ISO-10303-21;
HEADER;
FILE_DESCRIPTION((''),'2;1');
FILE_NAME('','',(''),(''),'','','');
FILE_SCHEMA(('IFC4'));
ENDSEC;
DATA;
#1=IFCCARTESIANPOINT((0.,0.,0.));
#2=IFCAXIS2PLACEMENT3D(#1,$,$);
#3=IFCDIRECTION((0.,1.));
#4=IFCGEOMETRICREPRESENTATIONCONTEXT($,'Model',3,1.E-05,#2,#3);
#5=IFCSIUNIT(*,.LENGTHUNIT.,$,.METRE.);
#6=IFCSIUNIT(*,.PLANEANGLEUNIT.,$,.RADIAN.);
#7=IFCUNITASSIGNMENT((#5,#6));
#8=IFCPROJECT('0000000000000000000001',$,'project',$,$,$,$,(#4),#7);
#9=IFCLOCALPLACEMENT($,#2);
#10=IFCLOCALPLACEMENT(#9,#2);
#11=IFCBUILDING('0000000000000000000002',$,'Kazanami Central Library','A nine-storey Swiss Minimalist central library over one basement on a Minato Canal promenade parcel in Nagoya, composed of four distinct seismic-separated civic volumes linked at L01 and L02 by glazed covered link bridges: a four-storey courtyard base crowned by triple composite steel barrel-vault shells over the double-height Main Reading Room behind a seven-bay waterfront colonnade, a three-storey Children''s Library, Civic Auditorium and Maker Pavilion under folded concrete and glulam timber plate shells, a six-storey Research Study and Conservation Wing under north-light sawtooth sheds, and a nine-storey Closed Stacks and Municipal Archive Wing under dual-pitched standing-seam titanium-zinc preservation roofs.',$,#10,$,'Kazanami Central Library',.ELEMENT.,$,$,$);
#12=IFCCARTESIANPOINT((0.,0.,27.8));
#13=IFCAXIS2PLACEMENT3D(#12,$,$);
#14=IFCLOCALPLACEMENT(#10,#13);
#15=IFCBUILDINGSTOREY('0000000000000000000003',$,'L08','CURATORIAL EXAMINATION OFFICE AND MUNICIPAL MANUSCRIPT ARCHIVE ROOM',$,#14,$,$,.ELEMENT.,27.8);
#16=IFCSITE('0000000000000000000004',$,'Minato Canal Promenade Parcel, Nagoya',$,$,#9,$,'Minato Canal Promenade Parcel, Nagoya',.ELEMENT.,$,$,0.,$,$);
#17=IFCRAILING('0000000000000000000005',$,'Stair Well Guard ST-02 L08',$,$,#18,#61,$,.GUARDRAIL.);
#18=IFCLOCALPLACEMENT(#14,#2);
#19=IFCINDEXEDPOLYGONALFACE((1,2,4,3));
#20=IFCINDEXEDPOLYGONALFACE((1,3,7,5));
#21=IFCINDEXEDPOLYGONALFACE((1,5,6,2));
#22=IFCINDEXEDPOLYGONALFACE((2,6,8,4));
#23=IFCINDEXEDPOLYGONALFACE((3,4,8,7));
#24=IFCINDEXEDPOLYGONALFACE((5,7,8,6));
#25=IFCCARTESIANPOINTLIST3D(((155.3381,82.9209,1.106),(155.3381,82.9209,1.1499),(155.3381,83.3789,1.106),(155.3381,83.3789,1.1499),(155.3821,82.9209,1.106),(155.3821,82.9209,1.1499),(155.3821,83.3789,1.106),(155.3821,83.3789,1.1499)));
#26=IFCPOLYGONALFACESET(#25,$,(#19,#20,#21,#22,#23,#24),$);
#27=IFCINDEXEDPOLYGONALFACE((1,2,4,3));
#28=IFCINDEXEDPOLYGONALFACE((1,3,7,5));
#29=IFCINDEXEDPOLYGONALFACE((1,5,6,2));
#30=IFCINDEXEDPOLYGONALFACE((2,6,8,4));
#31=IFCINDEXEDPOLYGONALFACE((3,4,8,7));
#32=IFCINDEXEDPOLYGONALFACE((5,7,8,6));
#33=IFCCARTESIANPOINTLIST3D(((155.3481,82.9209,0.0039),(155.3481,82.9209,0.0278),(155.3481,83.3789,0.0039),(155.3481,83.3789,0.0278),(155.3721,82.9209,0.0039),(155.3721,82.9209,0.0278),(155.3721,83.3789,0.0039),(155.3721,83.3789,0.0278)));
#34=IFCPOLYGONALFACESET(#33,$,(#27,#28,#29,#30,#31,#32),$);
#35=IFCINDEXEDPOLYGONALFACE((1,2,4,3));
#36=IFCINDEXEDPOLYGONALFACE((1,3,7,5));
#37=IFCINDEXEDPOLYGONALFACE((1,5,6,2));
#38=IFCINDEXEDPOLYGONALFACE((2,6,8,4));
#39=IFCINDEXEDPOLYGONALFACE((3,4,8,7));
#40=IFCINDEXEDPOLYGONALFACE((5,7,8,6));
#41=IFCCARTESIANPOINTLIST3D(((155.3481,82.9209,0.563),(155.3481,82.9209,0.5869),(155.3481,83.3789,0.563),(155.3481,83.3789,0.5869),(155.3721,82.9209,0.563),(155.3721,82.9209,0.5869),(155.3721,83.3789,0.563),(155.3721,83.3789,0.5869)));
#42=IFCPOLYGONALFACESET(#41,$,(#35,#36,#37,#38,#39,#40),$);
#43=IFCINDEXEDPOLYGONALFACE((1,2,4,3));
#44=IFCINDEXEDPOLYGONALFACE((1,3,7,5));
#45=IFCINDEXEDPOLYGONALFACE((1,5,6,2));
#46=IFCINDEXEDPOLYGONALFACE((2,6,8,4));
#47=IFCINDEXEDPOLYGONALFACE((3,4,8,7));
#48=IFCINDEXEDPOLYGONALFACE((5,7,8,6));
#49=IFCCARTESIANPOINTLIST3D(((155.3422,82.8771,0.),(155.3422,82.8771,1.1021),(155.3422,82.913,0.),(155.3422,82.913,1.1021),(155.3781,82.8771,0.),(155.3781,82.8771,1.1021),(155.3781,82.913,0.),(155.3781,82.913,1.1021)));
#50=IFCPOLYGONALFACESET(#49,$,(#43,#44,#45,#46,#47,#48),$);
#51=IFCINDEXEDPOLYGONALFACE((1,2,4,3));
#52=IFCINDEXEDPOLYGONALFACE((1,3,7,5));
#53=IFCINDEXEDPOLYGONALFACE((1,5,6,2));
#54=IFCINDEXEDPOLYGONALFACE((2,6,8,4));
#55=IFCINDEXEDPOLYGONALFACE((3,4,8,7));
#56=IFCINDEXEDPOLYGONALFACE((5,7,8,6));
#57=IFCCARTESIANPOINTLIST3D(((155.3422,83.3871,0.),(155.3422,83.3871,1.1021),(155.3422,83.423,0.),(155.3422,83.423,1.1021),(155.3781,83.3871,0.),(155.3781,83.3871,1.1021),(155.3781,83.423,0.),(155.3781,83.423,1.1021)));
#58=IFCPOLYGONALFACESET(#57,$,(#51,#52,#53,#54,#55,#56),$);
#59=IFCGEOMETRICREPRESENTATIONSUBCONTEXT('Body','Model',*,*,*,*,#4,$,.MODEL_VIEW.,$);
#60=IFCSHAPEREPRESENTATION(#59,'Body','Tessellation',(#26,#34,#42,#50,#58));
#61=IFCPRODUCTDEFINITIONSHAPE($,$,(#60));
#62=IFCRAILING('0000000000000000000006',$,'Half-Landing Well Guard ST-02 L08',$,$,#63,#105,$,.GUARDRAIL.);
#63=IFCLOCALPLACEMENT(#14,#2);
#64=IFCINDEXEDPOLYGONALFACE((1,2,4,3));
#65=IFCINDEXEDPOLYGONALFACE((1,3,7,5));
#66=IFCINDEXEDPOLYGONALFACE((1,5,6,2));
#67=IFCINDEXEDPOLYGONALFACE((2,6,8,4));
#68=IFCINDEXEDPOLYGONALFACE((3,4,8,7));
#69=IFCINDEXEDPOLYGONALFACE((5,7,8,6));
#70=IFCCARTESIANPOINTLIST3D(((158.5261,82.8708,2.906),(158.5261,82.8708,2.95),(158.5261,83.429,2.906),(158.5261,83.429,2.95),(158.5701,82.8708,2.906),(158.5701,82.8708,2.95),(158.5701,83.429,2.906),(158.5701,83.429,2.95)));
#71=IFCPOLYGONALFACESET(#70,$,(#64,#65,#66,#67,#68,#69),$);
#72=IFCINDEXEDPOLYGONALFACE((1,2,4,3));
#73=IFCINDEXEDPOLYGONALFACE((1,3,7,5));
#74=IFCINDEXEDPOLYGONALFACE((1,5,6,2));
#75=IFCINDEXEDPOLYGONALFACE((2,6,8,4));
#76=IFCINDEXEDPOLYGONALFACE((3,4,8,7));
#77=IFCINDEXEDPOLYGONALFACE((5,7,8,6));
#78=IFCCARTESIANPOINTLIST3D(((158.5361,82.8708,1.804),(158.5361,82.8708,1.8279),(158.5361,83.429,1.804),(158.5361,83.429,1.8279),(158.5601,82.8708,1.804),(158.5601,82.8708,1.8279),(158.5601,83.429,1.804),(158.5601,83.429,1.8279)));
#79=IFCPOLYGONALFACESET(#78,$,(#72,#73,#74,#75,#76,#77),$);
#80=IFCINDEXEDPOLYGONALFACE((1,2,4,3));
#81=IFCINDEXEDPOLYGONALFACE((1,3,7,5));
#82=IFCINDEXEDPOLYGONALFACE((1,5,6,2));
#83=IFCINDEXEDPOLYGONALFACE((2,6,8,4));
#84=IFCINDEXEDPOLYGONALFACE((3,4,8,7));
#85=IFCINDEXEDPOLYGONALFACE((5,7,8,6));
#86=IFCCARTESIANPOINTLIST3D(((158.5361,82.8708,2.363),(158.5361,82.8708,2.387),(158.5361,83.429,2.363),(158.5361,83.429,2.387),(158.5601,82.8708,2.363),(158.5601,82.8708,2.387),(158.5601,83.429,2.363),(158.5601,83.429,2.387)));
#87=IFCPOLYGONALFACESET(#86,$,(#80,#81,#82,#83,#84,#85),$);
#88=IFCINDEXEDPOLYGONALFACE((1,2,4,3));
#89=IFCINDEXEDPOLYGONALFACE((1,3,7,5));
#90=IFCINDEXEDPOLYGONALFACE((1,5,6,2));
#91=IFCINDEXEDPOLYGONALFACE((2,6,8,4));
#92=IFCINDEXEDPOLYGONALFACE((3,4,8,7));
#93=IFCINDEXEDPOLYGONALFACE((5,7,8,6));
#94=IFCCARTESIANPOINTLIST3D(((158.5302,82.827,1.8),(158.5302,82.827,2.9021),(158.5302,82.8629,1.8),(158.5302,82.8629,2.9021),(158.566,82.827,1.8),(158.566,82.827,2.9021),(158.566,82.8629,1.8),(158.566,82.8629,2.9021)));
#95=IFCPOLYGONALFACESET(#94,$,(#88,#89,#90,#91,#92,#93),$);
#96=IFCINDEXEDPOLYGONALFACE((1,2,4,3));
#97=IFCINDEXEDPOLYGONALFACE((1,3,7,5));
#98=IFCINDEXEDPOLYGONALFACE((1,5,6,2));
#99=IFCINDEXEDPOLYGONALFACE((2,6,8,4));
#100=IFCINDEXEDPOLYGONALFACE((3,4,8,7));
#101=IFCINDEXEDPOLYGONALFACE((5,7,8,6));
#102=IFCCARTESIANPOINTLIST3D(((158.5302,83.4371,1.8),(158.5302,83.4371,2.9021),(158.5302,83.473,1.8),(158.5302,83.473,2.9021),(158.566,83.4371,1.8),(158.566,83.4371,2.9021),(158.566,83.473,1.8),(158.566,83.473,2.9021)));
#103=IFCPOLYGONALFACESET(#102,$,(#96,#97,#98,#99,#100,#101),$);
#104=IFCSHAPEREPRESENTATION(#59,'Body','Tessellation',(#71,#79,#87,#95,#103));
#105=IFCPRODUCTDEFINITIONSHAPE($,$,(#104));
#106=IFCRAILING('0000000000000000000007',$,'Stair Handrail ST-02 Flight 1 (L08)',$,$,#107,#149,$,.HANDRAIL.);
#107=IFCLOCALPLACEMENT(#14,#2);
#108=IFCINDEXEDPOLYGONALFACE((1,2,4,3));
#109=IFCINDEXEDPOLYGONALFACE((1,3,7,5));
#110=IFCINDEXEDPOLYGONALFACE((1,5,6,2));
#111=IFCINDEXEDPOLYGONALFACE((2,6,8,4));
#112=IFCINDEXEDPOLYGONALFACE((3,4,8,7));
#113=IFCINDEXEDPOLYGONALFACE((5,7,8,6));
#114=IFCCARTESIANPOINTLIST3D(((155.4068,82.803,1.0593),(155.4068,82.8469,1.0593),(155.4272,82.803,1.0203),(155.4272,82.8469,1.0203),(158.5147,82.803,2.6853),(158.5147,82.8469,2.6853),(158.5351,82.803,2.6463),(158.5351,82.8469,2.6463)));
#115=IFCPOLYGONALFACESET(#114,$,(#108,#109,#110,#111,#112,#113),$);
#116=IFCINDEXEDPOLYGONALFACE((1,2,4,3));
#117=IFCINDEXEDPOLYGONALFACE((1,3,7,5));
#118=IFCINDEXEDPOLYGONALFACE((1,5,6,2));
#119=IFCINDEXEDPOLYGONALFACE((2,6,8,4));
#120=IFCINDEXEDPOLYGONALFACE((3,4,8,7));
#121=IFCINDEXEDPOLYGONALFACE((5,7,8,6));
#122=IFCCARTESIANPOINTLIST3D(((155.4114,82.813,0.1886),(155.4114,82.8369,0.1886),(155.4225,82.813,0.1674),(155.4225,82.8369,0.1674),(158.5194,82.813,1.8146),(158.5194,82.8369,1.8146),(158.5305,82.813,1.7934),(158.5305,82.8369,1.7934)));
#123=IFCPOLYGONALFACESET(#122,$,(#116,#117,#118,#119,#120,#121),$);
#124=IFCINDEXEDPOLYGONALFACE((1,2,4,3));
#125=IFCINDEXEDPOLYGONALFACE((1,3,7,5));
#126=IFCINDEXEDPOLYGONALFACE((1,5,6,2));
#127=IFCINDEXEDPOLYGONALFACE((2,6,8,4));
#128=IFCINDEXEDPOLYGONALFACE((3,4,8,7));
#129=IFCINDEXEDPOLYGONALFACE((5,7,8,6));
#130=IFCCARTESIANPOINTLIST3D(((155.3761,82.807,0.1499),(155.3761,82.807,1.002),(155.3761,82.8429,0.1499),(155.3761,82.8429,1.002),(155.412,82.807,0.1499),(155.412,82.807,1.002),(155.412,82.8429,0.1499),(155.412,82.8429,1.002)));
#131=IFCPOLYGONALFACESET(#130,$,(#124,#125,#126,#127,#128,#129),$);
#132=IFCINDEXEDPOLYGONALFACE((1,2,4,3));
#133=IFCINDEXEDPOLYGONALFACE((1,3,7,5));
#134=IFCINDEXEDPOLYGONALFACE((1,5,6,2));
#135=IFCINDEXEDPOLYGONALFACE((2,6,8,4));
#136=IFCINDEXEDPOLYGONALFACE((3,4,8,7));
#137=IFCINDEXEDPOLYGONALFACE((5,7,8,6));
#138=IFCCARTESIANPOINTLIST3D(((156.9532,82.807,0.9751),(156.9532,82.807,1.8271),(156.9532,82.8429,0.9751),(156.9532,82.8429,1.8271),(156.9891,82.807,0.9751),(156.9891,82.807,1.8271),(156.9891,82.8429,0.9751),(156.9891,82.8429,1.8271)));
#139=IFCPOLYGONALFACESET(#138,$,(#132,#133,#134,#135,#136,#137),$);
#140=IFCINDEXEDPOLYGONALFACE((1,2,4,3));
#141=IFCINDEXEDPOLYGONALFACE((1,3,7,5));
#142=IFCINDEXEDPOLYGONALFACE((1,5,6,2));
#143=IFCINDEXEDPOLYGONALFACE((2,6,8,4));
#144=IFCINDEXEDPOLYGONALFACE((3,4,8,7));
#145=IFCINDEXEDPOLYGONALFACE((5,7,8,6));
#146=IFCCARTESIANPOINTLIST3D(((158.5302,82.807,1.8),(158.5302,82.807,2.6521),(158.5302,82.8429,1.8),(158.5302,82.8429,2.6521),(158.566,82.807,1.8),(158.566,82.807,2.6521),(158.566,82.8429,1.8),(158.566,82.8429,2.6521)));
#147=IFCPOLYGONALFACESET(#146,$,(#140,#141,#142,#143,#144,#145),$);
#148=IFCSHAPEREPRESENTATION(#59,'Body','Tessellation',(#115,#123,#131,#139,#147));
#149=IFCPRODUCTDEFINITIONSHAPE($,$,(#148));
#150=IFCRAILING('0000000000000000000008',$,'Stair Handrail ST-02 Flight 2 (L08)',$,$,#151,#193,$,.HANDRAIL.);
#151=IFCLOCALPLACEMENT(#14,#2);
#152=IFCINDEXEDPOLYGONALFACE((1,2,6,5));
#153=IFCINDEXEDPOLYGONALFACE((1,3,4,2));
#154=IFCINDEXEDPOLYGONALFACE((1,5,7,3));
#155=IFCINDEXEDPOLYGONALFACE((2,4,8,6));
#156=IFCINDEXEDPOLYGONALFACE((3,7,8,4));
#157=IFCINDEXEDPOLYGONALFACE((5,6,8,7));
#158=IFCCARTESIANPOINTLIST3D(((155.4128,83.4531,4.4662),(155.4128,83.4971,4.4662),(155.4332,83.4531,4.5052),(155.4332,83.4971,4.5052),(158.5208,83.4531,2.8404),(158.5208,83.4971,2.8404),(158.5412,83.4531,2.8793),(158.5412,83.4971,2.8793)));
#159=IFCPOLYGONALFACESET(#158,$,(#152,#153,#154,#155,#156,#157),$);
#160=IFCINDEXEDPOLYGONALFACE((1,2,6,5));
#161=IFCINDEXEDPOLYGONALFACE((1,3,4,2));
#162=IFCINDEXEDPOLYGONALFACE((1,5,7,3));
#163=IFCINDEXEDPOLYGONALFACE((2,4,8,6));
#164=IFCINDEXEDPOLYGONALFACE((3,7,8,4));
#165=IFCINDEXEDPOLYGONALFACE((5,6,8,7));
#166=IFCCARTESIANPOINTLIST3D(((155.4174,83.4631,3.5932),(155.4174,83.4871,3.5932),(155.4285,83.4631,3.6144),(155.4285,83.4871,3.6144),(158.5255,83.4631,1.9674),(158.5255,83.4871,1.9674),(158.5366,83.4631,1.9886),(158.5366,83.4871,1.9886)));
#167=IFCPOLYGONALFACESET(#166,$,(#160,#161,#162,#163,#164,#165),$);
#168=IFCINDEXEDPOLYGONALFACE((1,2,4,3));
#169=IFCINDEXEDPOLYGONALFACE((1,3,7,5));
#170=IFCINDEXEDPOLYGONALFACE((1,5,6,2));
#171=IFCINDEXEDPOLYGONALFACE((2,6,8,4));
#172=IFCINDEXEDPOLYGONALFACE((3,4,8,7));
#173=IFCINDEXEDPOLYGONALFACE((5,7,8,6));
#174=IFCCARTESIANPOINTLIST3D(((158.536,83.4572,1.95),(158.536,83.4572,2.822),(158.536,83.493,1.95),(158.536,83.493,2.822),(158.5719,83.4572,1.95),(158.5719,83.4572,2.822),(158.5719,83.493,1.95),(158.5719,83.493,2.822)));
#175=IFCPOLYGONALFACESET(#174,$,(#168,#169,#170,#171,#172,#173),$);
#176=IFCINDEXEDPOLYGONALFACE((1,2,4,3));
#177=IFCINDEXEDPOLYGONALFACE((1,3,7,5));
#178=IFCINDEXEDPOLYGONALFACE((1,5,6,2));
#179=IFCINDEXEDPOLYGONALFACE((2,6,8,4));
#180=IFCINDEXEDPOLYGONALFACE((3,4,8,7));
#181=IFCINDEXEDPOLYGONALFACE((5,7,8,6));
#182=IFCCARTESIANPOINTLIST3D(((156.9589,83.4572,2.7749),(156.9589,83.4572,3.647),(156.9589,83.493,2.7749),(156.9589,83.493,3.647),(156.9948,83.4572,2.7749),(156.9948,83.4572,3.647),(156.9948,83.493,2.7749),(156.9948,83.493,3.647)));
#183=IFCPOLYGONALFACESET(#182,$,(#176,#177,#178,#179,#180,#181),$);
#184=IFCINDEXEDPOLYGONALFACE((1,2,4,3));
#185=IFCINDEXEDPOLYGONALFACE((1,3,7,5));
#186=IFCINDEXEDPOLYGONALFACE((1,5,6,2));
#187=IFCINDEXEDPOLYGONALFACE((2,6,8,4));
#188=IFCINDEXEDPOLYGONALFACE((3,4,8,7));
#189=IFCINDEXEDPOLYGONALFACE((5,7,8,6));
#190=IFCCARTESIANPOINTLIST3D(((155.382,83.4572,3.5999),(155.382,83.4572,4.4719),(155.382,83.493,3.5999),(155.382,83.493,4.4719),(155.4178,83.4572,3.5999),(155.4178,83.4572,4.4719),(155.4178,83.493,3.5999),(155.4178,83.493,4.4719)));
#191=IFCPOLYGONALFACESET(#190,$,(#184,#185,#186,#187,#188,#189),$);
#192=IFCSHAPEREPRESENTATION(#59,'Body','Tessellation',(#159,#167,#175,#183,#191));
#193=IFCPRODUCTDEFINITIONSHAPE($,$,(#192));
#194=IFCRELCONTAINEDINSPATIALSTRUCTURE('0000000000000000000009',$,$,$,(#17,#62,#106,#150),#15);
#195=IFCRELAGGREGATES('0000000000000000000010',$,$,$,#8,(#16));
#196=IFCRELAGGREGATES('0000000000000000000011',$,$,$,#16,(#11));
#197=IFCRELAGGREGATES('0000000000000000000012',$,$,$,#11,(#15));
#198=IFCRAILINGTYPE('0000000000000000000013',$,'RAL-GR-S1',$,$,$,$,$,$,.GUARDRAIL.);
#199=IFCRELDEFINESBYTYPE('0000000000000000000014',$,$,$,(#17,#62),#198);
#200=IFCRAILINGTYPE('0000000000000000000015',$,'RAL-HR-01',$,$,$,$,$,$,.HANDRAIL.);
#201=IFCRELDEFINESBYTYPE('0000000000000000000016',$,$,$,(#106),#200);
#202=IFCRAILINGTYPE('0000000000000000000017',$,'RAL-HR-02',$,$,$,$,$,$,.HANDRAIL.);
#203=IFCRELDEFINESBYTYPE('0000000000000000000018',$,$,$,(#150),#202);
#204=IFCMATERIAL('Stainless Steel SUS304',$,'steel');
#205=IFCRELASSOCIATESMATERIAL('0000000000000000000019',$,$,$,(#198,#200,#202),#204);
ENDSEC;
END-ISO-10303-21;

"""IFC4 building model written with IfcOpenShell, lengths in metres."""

from ifc_helpers import new_model, si_unit, direction, frame, origin, origin_2d, place, context, subcontext, project, spatial, rectangle, extrude, material, type_object, element, save


model = new_model("IFC4")

# Units and contexts
model_context = context("Model", 3, precision=1e-05, world=origin(), true_north=direction((0.0, 1.0)))
body_context = subcontext(model_context, "Body", "Model", "MODEL_VIEW")
ifc_project = project(units=[si_unit("LENGTHUNIT", "METRE"), si_unit("PLANEANGLEUNIT", "RADIAN")], contexts=[model_context])

# Site, building, storey
site_placement = place(None, origin())
site = spatial("IfcSite", under=ifc_project, at=site_placement, Name="Minato Canal Promenade Parcel, Nagoya", LongName="Minato Canal Promenade Parcel, Nagoya", CompositionType="ELEMENT", RefElevation=0.0)
building_placement = place(site_placement, origin())
building = spatial("IfcBuilding", under=site, at=building_placement, Name="Kazanami Central Library", Description="A nine-storey Swiss Minimalist central library over one basement on a Minato Canal promenade parcel in Nagoya, composed of four distinct seismic-separated civic volumes linked at L01 and L02 by glazed covered link bridges: a four-storey courtyard base crowned by triple composite steel barrel-vault shells over the double-height Main Reading Room behind a seven-bay waterfront colonnade, a three-storey Children's Library, Civic Auditorium and Maker Pavilion under folded concrete and glulam timber plate shells, a six-storey Research Study and Conservation Wing under north-light sawtooth sheds, and a nine-storey Closed Stacks and Municipal Archive Wing under dual-pitched standing-seam titanium-zinc preservation roofs.", LongName="Kazanami Central Library", CompositionType="ELEMENT")
storey_placement = place(building_placement, frame((0.0, 0.0, 27.8)))
storey = spatial("IfcBuildingStorey", under=building, at=storey_placement, Name="L08", Description="CURATORIAL EXAMINATION OFFICE AND MUNICIPAL MANUSCRIPT ARCHIVE ROOM", CompositionType="ELEMENT", Elevation=27.8)

# Railings
ifc_material_1 = material(Name="Stainless Steel SUS304", Category="steel")
railing_type_1 = type_object("IfcRailingType", Name="RAL-GR-S1", PredefinedType="GUARDRAIL", material=ifc_material_1)
railing_1_placement = place(storey_placement, frame((155.3601, 82.895, 0.0)))
element("IfcRailing", 1, at=railing_1_placement, inside=storey, type_object=railing_type_1, Name="Stair Well Guard ST-02 L08", PredefinedType="GUARDRAIL", context=body_context, shape_type="SweptSolid", body=[
    extrude(rectangle(XDim=0.0439, YDim=0.0439, at=origin_2d()), frame((0.0, 0.0259, 1.1279), z_axis=(0.0, 1.0, 0.0), x_axis=(-1.0, 0.0, 0.0)), (0.0, 0.0, 1.0), 0.458),
    extrude(rectangle(XDim=0.0239, YDim=0.0239, at=origin_2d()), frame((0.0, 0.0259, 0.0159), z_axis=(0.0, 1.0, 0.0), x_axis=(-1.0, 0.0, 0.0)), (0.0, 0.0, 1.0), 0.458),
    extrude(rectangle(XDim=0.0239, YDim=0.0239, at=origin_2d()), frame((0.0, 0.0259, 0.575), z_axis=(0.0, 1.0, 0.0), x_axis=(-1.0, 0.0, 0.0)), (0.0, 0.0, 1.0), 0.458),
    extrude(rectangle(XDim=0.0359, YDim=0.0359, at=origin_2d()), origin(), (0.0, 0.0, 1.0), 1.1021),
    extrude(rectangle(XDim=0.0359, YDim=0.0359, at=origin_2d()), frame((0.0, 0.51, 0.0)), (0.0, 0.0, 1.0), 1.1021),
])
railing_2_placement = place(storey_placement, frame((158.5481, 82.845, 1.8)))
element("IfcRailing", 2, at=railing_2_placement, inside=storey, type_object=railing_type_1, Name="Half-Landing Well Guard ST-02 L08", PredefinedType="GUARDRAIL", context=body_context, shape_type="SweptSolid", body=[
    extrude(rectangle(XDim=0.0439, YDim=0.0439, at=origin_2d()), frame((0.0, 0.0259, 1.1279), z_axis=(0.0, 1.0, 0.0), x_axis=(-1.0, 0.0, 0.0)), (0.0, 0.0, 1.0), 0.5581),
    extrude(rectangle(XDim=0.0239, YDim=0.0239, at=origin_2d()), frame((0.0, 0.0259, 0.0159), z_axis=(0.0, 1.0, 0.0), x_axis=(-1.0, 0.0, 0.0)), (0.0, 0.0, 1.0), 0.5581),
    extrude(rectangle(XDim=0.0239, YDim=0.0239, at=origin_2d()), frame((0.0, 0.0259, 0.575), z_axis=(0.0, 1.0, 0.0), x_axis=(-1.0, 0.0, 0.0)), (0.0, 0.0, 1.0), 0.5581),
    extrude(rectangle(XDim=0.0359, YDim=0.0359, at=origin_2d()), origin(), (0.0, 0.0, 1.0), 1.1021),
    extrude(rectangle(XDim=0.0359, YDim=0.0359, at=origin_2d()), frame((0.0, 0.6101, 0.0)), (0.0, 0.0, 1.0), 1.1021),
])
railing_type_2 = type_object("IfcRailingType", Name="RAL-HR-01", PredefinedType="HANDRAIL", material=ifc_material_1)
railing_3_placement = place(storey_placement, frame((155.394, 82.825, 0.1499)))
element("IfcRailing", 3, at=railing_3_placement, inside=storey, type_object=railing_type_2, Name="Stair Handrail ST-02 Flight 1 (L08)", PredefinedType="HANDRAIL", context=body_context, shape_type="SweptSolid", body=[
    extrude(rectangle(XDim=0.0439, YDim=0.0439, at=origin_2d()), frame((0.0229, 0.0, 0.8899), z_axis=(0.88606, 0.0, 0.463571), x_axis=(0.0, 1.0, 0.0)), (0.0, 0.0, 1.0), 3.5076),
    extrude(rectangle(XDim=0.0239, YDim=0.0239, at=origin_2d()), frame((0.0229, 0.0, 0.0281), z_axis=(0.88606, 0.0, 0.463571), x_axis=(0.0, 1.0, 0.0)), (0.0, 0.0, 1.0), 3.5076),
    extrude(rectangle(XDim=0.0359, YDim=0.0359, at=origin_2d()), origin(), (0.0, 0.0, 1.0), 0.8521),
    extrude(rectangle(XDim=0.0359, YDim=0.0359, at=origin_2d()), frame((1.5771, 0.0, 0.8252)), (0.0, 0.0, 1.0), 0.8521),
    extrude(rectangle(XDim=0.0359, YDim=0.0359, at=origin_2d()), frame((3.1541, 0.0, 1.6501)), (0.0, 0.0, 1.0), 0.8521),
])
railing_type_3 = type_object("IfcRailingType", Name="RAL-HR-02", PredefinedType="HANDRAIL", material=ifc_material_1)
railing_4_placement = place(storey_placement, frame((158.554, 83.4751, 1.95)))
element("IfcRailing", 4, at=railing_4_placement, inside=storey, type_object=railing_type_3, Name="Stair Handrail ST-02 Flight 2 (L08)", PredefinedType="HANDRAIL", context=body_context, shape_type="SweptSolid", body=[
    extrude(rectangle(XDim=0.0439, YDim=0.0439, at=origin_2d()), frame((-0.0229, 0.0, 0.9099), z_axis=(-0.886088, 0.0, 0.463517), x_axis=(0.0, -1.0, 0.0)), (0.0, 0.0, 1.0), 3.5076),
    extrude(rectangle(XDim=0.0239, YDim=0.0239, at=origin_2d()), frame((-0.0229, 0.0, 0.0281), z_axis=(-0.886088, 0.0, 0.463517), x_axis=(0.0, -1.0, 0.0)), (0.0, 0.0, 1.0), 3.5076),
    extrude(rectangle(XDim=0.0359, YDim=0.0359, at=origin_2d()), origin(), (0.0, 0.0, 1.0), 0.8721),
    extrude(rectangle(XDim=0.0359, YDim=0.0359, at=origin_2d()), frame((-1.5771, 0.0, 0.825)), (0.0, 0.0, 1.0), 0.8721),
    extrude(rectangle(XDim=0.0359, YDim=0.0359, at=origin_2d()), frame((-3.1541, 0.0, 1.6499)), (0.0, 0.0, 1.0), 0.8721),
])

save(model, "model.ifc")
